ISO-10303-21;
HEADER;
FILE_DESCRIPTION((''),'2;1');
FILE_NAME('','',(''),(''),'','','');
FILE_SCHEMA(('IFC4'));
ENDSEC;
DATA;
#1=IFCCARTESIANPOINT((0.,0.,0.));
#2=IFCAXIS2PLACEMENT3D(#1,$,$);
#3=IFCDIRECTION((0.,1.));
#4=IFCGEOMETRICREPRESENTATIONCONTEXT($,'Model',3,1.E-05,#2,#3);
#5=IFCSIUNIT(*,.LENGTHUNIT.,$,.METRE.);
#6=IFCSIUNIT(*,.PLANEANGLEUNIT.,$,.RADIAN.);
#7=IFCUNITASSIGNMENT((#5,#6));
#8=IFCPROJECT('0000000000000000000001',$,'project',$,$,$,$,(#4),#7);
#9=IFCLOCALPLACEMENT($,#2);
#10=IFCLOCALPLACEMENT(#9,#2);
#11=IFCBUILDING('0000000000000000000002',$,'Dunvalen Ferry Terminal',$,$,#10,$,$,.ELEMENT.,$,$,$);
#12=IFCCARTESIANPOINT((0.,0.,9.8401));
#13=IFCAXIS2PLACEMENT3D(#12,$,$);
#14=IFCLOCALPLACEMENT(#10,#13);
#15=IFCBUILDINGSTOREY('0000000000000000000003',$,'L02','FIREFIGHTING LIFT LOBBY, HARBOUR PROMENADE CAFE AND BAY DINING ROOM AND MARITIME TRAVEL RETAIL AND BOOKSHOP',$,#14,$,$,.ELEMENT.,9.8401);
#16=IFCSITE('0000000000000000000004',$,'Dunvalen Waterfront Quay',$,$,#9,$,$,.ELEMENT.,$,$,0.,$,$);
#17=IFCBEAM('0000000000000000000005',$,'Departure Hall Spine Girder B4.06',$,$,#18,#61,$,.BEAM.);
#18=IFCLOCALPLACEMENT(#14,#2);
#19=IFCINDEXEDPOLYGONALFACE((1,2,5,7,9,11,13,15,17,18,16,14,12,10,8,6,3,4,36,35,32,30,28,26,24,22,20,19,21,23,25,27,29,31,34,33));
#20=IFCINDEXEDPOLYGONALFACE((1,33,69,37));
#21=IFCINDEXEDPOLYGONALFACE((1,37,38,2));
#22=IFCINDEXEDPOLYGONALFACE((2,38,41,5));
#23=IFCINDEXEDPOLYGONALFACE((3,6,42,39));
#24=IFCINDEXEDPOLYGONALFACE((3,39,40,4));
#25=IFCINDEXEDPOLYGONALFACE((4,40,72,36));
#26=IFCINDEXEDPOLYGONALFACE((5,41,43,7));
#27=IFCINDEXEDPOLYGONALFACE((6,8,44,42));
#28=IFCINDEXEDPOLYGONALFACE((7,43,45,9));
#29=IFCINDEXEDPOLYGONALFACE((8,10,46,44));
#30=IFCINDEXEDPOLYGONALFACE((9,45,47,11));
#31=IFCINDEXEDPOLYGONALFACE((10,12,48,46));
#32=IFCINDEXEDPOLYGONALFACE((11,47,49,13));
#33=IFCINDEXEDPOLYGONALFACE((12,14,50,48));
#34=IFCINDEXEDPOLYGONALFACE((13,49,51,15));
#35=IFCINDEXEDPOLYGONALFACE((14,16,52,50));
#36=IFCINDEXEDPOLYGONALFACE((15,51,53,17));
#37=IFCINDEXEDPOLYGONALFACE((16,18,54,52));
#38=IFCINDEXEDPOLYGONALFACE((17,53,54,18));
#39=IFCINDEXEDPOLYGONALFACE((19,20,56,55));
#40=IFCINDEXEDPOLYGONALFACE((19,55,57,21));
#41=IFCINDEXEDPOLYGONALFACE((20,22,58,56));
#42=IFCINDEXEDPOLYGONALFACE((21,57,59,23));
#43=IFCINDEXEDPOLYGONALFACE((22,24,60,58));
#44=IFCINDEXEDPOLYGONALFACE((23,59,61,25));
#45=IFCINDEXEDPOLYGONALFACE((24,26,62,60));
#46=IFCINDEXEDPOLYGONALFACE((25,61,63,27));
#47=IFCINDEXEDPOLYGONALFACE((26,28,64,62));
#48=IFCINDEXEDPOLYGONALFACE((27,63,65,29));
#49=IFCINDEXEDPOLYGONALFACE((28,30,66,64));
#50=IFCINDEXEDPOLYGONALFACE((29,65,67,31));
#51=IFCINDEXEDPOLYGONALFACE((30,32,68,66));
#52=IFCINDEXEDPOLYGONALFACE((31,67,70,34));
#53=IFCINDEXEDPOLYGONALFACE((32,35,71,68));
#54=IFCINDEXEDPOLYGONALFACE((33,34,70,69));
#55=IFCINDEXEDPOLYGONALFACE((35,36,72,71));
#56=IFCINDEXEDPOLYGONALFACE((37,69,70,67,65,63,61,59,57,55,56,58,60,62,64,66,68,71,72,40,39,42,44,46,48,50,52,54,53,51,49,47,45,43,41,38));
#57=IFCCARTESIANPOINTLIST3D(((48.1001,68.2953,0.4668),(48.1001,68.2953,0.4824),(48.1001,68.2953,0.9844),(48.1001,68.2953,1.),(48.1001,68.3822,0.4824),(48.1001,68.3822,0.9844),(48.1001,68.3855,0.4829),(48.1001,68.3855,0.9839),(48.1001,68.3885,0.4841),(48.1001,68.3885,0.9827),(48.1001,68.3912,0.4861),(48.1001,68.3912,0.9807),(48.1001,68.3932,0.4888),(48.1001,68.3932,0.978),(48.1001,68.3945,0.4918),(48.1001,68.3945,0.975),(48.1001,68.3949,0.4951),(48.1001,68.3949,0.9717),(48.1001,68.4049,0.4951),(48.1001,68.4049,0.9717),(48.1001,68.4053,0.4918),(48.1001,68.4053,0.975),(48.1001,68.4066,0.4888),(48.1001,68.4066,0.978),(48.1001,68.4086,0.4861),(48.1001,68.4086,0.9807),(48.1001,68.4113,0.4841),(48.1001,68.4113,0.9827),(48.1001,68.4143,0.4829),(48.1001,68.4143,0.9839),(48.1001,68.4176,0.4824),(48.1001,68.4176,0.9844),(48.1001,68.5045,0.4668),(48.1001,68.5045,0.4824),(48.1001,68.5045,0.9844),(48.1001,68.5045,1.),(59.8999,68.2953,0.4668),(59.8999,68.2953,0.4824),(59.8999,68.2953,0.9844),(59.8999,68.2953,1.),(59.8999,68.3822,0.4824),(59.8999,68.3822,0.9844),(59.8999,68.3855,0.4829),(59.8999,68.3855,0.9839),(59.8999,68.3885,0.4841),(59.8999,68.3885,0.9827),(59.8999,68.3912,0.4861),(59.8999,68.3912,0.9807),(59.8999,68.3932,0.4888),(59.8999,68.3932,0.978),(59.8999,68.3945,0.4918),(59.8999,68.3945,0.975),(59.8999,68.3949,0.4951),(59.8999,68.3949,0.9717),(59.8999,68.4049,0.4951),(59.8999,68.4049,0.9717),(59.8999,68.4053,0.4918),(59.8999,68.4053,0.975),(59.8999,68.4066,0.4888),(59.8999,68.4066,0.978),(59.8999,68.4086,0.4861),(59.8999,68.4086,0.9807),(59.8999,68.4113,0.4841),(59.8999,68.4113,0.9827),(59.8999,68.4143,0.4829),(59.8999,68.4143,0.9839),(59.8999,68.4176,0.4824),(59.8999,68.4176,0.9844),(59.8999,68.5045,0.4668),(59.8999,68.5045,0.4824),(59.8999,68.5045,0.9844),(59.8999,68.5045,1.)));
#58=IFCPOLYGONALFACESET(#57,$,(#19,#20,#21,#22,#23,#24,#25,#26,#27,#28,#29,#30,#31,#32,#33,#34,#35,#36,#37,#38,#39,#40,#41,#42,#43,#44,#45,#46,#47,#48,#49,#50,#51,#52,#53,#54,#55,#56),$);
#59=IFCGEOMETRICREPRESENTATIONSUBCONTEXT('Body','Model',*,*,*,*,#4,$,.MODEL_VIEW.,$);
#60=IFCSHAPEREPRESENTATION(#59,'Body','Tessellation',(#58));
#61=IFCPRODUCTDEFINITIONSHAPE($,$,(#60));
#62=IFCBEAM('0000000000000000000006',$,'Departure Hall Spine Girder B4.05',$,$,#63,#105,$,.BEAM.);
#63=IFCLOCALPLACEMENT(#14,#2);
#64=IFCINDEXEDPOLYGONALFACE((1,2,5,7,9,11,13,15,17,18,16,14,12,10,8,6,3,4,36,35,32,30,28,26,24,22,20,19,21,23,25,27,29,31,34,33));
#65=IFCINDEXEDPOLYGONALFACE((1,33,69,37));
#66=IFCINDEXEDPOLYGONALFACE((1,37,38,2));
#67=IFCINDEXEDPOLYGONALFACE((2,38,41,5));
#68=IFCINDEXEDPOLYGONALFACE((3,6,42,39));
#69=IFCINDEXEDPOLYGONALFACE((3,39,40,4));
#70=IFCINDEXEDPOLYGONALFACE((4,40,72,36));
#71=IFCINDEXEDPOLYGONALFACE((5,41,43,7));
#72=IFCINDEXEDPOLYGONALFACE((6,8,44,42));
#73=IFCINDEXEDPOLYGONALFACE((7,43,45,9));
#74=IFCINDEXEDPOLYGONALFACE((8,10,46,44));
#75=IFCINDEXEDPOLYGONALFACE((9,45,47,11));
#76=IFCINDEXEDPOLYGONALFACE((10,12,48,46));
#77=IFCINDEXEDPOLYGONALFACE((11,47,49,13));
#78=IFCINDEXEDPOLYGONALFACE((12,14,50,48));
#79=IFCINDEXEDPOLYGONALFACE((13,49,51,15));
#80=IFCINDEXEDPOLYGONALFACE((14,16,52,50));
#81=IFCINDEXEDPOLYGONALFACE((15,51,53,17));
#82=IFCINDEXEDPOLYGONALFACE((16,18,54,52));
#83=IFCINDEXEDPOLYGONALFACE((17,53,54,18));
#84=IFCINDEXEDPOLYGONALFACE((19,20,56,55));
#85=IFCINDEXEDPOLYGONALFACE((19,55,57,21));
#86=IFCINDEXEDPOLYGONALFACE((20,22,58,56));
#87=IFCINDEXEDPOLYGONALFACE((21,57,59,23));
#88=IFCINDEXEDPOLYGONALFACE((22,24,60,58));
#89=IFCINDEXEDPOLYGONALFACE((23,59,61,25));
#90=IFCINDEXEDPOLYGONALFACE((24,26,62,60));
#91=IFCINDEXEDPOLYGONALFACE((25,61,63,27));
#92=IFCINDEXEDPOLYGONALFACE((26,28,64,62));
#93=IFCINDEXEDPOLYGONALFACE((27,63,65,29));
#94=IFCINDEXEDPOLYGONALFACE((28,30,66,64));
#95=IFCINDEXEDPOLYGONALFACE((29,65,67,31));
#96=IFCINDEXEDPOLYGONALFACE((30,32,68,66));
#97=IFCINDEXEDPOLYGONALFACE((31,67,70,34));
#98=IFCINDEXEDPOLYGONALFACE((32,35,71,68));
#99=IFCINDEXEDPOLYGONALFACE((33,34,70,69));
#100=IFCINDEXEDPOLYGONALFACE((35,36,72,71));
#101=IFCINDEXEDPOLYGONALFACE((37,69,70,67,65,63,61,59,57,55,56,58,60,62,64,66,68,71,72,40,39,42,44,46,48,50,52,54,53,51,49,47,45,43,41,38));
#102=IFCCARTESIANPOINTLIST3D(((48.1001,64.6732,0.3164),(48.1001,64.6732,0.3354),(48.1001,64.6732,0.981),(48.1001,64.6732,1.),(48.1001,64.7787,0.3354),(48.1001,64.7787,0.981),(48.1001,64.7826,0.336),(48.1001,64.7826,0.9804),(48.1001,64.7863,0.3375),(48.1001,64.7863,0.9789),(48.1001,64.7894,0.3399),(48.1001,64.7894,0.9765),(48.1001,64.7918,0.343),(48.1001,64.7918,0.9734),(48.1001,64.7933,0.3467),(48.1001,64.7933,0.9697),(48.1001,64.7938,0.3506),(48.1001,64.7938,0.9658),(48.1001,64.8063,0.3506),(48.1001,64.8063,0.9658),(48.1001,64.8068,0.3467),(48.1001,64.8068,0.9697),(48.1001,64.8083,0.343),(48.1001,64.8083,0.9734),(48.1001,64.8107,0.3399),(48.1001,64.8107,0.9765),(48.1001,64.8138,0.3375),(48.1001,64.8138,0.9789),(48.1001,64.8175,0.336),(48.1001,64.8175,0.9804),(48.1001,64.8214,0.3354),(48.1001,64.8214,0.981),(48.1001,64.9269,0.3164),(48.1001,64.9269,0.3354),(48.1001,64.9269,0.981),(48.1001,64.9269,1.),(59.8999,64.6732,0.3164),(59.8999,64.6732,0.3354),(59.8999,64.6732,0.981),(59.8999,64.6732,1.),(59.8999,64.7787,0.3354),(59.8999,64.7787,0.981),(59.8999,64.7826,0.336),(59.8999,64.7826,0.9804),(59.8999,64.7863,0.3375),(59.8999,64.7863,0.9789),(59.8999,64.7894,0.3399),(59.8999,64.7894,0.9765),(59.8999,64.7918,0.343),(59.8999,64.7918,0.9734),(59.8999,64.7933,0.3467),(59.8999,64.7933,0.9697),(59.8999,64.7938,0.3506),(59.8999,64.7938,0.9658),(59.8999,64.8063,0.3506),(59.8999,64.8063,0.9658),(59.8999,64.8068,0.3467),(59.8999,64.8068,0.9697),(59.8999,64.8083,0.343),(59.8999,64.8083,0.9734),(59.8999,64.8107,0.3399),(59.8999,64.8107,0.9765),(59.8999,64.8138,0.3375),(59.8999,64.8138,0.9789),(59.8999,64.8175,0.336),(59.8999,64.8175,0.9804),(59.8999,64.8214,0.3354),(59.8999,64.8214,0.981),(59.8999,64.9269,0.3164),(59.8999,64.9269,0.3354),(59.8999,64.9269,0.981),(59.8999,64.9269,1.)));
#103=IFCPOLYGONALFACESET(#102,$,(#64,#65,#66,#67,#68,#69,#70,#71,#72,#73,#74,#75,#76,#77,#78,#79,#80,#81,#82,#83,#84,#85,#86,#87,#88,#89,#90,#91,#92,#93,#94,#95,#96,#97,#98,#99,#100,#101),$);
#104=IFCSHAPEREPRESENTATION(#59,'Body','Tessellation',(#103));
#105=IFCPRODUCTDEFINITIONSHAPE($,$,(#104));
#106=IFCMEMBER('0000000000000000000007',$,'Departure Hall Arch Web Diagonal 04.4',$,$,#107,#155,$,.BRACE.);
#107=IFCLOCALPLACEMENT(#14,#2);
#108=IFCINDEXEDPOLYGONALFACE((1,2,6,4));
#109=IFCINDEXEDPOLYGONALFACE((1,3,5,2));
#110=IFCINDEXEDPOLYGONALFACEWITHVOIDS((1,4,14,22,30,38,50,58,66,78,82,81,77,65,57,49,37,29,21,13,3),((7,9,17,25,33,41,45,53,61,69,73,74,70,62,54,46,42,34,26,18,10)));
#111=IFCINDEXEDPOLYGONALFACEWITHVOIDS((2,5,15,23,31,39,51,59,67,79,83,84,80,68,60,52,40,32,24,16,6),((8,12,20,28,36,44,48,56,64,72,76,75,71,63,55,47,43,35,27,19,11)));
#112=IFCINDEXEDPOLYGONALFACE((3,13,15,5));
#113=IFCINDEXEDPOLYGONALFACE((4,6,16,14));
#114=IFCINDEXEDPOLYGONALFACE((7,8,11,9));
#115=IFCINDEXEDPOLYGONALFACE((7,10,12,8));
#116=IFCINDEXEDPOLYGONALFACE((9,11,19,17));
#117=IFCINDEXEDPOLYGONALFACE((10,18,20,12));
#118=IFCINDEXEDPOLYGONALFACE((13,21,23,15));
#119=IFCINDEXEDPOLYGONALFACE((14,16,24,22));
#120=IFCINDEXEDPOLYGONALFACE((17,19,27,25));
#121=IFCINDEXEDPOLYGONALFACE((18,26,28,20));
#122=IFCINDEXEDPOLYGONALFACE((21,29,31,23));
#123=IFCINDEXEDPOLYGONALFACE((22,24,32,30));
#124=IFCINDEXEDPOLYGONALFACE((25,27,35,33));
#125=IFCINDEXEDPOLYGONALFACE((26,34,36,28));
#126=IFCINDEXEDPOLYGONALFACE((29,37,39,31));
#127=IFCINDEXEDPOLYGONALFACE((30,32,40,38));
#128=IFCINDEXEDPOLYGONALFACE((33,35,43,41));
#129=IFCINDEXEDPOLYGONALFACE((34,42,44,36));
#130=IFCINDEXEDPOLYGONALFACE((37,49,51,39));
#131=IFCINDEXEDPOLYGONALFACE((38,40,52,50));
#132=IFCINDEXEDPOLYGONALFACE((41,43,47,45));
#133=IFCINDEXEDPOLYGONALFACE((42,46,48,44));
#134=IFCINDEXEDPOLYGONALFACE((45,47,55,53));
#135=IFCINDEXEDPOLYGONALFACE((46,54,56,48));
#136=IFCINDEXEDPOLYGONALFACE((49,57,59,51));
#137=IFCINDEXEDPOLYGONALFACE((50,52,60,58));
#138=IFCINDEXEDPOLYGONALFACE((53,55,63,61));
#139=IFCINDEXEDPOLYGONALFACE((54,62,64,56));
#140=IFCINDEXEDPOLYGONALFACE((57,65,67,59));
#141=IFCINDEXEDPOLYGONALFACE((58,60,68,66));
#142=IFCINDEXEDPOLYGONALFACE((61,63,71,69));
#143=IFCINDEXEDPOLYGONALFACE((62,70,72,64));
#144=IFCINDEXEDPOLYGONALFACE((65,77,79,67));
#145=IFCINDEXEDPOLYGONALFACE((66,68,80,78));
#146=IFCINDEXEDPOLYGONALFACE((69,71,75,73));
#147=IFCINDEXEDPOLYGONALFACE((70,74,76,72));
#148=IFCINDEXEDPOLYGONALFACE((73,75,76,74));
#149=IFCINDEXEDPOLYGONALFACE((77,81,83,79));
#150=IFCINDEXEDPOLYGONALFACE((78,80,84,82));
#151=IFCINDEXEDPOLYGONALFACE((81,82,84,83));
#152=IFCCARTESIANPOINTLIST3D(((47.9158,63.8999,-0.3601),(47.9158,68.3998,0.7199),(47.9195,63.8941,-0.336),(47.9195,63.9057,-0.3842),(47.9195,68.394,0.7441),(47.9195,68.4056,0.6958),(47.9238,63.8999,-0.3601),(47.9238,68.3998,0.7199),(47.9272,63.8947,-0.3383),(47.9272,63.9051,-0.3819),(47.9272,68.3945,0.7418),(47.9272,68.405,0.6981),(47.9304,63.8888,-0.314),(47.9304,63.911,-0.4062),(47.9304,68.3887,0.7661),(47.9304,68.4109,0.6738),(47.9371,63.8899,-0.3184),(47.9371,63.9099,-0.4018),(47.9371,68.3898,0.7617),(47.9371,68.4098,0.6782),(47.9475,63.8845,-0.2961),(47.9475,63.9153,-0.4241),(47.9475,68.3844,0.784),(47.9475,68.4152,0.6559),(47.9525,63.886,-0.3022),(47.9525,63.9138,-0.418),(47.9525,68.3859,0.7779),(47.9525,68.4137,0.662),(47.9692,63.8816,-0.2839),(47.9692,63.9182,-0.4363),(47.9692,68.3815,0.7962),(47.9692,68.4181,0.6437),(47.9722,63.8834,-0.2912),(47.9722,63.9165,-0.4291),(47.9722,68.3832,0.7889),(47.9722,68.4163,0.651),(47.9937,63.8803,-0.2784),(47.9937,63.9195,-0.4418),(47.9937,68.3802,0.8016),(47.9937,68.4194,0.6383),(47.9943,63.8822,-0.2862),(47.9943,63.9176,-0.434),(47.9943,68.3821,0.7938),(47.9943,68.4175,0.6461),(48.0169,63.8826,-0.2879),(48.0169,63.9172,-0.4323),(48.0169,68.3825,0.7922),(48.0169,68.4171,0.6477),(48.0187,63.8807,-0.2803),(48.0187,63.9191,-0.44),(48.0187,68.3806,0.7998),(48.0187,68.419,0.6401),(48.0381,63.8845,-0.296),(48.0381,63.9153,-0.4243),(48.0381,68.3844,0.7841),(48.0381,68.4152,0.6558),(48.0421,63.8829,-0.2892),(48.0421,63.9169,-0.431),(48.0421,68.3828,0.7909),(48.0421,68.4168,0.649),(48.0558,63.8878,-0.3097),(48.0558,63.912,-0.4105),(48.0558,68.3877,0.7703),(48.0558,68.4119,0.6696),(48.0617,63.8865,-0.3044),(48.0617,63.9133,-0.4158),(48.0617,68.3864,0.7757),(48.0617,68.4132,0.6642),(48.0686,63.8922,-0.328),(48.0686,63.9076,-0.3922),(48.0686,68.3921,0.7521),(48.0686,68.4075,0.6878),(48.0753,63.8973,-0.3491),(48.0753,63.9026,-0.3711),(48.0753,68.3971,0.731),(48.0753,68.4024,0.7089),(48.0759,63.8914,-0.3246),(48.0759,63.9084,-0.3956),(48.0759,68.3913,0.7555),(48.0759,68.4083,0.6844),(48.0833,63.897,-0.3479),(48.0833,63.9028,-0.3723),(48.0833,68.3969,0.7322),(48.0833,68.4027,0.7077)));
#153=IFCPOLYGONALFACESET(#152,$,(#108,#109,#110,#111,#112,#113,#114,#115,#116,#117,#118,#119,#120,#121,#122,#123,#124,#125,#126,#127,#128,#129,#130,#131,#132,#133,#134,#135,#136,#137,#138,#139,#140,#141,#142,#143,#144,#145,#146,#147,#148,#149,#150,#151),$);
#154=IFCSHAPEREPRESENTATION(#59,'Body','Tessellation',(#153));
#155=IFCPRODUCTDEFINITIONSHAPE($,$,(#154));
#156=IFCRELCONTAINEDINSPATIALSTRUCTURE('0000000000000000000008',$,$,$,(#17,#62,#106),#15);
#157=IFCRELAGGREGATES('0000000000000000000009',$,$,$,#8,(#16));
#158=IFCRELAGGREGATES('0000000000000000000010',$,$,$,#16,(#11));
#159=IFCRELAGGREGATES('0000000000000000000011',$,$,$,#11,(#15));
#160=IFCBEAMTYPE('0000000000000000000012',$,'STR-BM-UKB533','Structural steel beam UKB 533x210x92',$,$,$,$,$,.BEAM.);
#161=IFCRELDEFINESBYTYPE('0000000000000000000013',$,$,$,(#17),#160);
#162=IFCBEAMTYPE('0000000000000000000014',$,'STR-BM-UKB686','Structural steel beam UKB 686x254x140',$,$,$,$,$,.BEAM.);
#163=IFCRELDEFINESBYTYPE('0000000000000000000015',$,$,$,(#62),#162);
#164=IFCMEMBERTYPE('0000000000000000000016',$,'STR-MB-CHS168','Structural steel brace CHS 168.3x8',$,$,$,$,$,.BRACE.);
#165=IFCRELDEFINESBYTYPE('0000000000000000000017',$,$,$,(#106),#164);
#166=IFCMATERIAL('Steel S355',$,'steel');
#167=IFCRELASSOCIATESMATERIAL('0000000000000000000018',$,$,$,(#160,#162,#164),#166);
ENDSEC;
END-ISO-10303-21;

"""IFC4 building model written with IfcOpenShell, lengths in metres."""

from ifc_helpers import new_model, si_unit, direction, frame, origin, origin_2d, place, context, subcontext, project, spatial, hollow_circle, i_section, extrude, material, material_profile, profile_set, type_object, element, save


model = new_model("IFC4")

# Units and contexts
model_context = context("Model", 3, precision=1e-05, world=origin(), true_north=direction((0.0, 1.0)))
body_context = subcontext(model_context, "Body", "Model", "MODEL_VIEW")
ifc_project = project(units=[si_unit("LENGTHUNIT", "METRE"), si_unit("PLANEANGLEUNIT", "RADIAN")], contexts=[model_context])

# Site, building, storey
site_placement = place(None, origin())
site = spatial("IfcSite", under=ifc_project, at=site_placement, Name="Dunvalen Waterfront Quay", CompositionType="ELEMENT", RefElevation=0.0)
building_placement = place(site_placement, origin())
building = spatial("IfcBuilding", under=site, at=building_placement, Name="Dunvalen Ferry Terminal", CompositionType="ELEMENT")
storey_placement = place(building_placement, frame((0.0, 0.0, 9.8401)))
storey = spatial("IfcBuildingStorey", under=building, at=storey_placement, Name="L02", Description="FIREFIGHTING LIFT LOBBY, HARBOUR PROMENADE CAFE AND BAY DINING ROOM AND MARITIME TRAVEL RETAIL AND BOOKSHOP", CompositionType="ELEMENT", Elevation=9.8401)

# Beams
ifc_material_1 = material(Name="Steel S355", Category="steel")
ifc_material_profile_1 = material_profile(ifc_material_1, i_section(OverallWidth=0.2092, OverallDepth=0.5332, WebThickness=0.01, FlangeThickness=0.0156, FilletRadius=0.0127, at=origin_2d()), Name="Steel S355")
ifc_profile_set_1 = profile_set([ifc_material_profile_1], Name="Steel S355")
beam_type_1 = type_object("IfcBeamType", Name="STR-BM-UKB533", Description="Structural steel beam UKB 533x210x92", PredefinedType="BEAM", material=ifc_profile_set_1)
beam_1_placement = place(storey_placement, frame((48.1001, 68.3999, 0.7334), z_axis=(1.0, 0.0, 0.0), x_axis=(0.0, 1.0, 0.0)))
element("IfcBeam", 1, at=beam_1_placement, inside=storey, type_object=beam_type_1, Name="Departure Hall Spine Girder B4.06", PredefinedType="BEAM", context=body_context, shape_type="SweptSolid", body=[
    extrude(i_section(OverallWidth=0.2092, OverallDepth=0.5332, WebThickness=0.01, FlangeThickness=0.0156, FilletRadius=0.0127, at=origin_2d()), origin(), (0.0, 0.0, 1.0), 11.7998),
])
ifc_material_profile_2 = material_profile(ifc_material_1, i_section(OverallWidth=0.2537, OverallDepth=0.6836, WebThickness=0.0125, FlangeThickness=0.019, FilletRadius=0.0151, at=origin_2d()), Name="Steel S355")
ifc_profile_set_2 = profile_set([ifc_material_profile_2], Name="Steel S355")
beam_type_2 = type_object("IfcBeamType", Name="STR-BM-UKB686", Description="Structural steel beam UKB 686x254x140", PredefinedType="BEAM", material=ifc_profile_set_2)
beam_2_placement = place(storey_placement, frame((48.1001, 64.8, 0.6582), z_axis=(1.0, 0.0, 0.0), x_axis=(0.0, 1.0, 0.0)))
element("IfcBeam", 2, at=beam_2_placement, inside=storey, type_object=beam_type_2, Name="Departure Hall Spine Girder B4.05", PredefinedType="BEAM", context=body_context, shape_type="SweptSolid", body=[
    extrude(i_section(OverallWidth=0.2537, OverallDepth=0.6836, WebThickness=0.0125, FlangeThickness=0.019, FilletRadius=0.0151, at=origin_2d()), origin(), (0.0, 0.0, 1.0), 11.7998),
])

# Member
ifc_material_profile_3 = material_profile(ifc_material_1, hollow_circle(Radius=0.0842, WallThickness=0.0081, at=origin_2d()), Name="Steel S355")
ifc_profile_set_3 = profile_set([ifc_material_profile_3], Name="Steel S355")
member_type_1 = type_object("IfcMemberType", Name="STR-MB-CHS168", Description="Structural steel brace CHS 168.3x8", PredefinedType="BRACE", material=ifc_profile_set_3)
for number, where, z_axis, x_axis, name in (
    (3, (48.0, 63.8999, -0.3601), (0.0, 0.972383, 0.233389), (-1.0, 0.0, 0.0), "Departure Hall Arch Web Diagonal 04.4"),
):
    element("IfcMember", number, at=place(storey_placement, frame(where, z_axis=z_axis, x_axis=x_axis)), inside=storey, type_object=member_type_1, Name=name, PredefinedType="BRACE", context=body_context, shape_type="SweptSolid", body=[
        extrude(hollow_circle(Radius=0.0842, WallThickness=0.0081, at=origin_2d()), origin(), (0.0, 0.0, 1.0), 4.6277),
    ])

save(model, "model.ifc")
